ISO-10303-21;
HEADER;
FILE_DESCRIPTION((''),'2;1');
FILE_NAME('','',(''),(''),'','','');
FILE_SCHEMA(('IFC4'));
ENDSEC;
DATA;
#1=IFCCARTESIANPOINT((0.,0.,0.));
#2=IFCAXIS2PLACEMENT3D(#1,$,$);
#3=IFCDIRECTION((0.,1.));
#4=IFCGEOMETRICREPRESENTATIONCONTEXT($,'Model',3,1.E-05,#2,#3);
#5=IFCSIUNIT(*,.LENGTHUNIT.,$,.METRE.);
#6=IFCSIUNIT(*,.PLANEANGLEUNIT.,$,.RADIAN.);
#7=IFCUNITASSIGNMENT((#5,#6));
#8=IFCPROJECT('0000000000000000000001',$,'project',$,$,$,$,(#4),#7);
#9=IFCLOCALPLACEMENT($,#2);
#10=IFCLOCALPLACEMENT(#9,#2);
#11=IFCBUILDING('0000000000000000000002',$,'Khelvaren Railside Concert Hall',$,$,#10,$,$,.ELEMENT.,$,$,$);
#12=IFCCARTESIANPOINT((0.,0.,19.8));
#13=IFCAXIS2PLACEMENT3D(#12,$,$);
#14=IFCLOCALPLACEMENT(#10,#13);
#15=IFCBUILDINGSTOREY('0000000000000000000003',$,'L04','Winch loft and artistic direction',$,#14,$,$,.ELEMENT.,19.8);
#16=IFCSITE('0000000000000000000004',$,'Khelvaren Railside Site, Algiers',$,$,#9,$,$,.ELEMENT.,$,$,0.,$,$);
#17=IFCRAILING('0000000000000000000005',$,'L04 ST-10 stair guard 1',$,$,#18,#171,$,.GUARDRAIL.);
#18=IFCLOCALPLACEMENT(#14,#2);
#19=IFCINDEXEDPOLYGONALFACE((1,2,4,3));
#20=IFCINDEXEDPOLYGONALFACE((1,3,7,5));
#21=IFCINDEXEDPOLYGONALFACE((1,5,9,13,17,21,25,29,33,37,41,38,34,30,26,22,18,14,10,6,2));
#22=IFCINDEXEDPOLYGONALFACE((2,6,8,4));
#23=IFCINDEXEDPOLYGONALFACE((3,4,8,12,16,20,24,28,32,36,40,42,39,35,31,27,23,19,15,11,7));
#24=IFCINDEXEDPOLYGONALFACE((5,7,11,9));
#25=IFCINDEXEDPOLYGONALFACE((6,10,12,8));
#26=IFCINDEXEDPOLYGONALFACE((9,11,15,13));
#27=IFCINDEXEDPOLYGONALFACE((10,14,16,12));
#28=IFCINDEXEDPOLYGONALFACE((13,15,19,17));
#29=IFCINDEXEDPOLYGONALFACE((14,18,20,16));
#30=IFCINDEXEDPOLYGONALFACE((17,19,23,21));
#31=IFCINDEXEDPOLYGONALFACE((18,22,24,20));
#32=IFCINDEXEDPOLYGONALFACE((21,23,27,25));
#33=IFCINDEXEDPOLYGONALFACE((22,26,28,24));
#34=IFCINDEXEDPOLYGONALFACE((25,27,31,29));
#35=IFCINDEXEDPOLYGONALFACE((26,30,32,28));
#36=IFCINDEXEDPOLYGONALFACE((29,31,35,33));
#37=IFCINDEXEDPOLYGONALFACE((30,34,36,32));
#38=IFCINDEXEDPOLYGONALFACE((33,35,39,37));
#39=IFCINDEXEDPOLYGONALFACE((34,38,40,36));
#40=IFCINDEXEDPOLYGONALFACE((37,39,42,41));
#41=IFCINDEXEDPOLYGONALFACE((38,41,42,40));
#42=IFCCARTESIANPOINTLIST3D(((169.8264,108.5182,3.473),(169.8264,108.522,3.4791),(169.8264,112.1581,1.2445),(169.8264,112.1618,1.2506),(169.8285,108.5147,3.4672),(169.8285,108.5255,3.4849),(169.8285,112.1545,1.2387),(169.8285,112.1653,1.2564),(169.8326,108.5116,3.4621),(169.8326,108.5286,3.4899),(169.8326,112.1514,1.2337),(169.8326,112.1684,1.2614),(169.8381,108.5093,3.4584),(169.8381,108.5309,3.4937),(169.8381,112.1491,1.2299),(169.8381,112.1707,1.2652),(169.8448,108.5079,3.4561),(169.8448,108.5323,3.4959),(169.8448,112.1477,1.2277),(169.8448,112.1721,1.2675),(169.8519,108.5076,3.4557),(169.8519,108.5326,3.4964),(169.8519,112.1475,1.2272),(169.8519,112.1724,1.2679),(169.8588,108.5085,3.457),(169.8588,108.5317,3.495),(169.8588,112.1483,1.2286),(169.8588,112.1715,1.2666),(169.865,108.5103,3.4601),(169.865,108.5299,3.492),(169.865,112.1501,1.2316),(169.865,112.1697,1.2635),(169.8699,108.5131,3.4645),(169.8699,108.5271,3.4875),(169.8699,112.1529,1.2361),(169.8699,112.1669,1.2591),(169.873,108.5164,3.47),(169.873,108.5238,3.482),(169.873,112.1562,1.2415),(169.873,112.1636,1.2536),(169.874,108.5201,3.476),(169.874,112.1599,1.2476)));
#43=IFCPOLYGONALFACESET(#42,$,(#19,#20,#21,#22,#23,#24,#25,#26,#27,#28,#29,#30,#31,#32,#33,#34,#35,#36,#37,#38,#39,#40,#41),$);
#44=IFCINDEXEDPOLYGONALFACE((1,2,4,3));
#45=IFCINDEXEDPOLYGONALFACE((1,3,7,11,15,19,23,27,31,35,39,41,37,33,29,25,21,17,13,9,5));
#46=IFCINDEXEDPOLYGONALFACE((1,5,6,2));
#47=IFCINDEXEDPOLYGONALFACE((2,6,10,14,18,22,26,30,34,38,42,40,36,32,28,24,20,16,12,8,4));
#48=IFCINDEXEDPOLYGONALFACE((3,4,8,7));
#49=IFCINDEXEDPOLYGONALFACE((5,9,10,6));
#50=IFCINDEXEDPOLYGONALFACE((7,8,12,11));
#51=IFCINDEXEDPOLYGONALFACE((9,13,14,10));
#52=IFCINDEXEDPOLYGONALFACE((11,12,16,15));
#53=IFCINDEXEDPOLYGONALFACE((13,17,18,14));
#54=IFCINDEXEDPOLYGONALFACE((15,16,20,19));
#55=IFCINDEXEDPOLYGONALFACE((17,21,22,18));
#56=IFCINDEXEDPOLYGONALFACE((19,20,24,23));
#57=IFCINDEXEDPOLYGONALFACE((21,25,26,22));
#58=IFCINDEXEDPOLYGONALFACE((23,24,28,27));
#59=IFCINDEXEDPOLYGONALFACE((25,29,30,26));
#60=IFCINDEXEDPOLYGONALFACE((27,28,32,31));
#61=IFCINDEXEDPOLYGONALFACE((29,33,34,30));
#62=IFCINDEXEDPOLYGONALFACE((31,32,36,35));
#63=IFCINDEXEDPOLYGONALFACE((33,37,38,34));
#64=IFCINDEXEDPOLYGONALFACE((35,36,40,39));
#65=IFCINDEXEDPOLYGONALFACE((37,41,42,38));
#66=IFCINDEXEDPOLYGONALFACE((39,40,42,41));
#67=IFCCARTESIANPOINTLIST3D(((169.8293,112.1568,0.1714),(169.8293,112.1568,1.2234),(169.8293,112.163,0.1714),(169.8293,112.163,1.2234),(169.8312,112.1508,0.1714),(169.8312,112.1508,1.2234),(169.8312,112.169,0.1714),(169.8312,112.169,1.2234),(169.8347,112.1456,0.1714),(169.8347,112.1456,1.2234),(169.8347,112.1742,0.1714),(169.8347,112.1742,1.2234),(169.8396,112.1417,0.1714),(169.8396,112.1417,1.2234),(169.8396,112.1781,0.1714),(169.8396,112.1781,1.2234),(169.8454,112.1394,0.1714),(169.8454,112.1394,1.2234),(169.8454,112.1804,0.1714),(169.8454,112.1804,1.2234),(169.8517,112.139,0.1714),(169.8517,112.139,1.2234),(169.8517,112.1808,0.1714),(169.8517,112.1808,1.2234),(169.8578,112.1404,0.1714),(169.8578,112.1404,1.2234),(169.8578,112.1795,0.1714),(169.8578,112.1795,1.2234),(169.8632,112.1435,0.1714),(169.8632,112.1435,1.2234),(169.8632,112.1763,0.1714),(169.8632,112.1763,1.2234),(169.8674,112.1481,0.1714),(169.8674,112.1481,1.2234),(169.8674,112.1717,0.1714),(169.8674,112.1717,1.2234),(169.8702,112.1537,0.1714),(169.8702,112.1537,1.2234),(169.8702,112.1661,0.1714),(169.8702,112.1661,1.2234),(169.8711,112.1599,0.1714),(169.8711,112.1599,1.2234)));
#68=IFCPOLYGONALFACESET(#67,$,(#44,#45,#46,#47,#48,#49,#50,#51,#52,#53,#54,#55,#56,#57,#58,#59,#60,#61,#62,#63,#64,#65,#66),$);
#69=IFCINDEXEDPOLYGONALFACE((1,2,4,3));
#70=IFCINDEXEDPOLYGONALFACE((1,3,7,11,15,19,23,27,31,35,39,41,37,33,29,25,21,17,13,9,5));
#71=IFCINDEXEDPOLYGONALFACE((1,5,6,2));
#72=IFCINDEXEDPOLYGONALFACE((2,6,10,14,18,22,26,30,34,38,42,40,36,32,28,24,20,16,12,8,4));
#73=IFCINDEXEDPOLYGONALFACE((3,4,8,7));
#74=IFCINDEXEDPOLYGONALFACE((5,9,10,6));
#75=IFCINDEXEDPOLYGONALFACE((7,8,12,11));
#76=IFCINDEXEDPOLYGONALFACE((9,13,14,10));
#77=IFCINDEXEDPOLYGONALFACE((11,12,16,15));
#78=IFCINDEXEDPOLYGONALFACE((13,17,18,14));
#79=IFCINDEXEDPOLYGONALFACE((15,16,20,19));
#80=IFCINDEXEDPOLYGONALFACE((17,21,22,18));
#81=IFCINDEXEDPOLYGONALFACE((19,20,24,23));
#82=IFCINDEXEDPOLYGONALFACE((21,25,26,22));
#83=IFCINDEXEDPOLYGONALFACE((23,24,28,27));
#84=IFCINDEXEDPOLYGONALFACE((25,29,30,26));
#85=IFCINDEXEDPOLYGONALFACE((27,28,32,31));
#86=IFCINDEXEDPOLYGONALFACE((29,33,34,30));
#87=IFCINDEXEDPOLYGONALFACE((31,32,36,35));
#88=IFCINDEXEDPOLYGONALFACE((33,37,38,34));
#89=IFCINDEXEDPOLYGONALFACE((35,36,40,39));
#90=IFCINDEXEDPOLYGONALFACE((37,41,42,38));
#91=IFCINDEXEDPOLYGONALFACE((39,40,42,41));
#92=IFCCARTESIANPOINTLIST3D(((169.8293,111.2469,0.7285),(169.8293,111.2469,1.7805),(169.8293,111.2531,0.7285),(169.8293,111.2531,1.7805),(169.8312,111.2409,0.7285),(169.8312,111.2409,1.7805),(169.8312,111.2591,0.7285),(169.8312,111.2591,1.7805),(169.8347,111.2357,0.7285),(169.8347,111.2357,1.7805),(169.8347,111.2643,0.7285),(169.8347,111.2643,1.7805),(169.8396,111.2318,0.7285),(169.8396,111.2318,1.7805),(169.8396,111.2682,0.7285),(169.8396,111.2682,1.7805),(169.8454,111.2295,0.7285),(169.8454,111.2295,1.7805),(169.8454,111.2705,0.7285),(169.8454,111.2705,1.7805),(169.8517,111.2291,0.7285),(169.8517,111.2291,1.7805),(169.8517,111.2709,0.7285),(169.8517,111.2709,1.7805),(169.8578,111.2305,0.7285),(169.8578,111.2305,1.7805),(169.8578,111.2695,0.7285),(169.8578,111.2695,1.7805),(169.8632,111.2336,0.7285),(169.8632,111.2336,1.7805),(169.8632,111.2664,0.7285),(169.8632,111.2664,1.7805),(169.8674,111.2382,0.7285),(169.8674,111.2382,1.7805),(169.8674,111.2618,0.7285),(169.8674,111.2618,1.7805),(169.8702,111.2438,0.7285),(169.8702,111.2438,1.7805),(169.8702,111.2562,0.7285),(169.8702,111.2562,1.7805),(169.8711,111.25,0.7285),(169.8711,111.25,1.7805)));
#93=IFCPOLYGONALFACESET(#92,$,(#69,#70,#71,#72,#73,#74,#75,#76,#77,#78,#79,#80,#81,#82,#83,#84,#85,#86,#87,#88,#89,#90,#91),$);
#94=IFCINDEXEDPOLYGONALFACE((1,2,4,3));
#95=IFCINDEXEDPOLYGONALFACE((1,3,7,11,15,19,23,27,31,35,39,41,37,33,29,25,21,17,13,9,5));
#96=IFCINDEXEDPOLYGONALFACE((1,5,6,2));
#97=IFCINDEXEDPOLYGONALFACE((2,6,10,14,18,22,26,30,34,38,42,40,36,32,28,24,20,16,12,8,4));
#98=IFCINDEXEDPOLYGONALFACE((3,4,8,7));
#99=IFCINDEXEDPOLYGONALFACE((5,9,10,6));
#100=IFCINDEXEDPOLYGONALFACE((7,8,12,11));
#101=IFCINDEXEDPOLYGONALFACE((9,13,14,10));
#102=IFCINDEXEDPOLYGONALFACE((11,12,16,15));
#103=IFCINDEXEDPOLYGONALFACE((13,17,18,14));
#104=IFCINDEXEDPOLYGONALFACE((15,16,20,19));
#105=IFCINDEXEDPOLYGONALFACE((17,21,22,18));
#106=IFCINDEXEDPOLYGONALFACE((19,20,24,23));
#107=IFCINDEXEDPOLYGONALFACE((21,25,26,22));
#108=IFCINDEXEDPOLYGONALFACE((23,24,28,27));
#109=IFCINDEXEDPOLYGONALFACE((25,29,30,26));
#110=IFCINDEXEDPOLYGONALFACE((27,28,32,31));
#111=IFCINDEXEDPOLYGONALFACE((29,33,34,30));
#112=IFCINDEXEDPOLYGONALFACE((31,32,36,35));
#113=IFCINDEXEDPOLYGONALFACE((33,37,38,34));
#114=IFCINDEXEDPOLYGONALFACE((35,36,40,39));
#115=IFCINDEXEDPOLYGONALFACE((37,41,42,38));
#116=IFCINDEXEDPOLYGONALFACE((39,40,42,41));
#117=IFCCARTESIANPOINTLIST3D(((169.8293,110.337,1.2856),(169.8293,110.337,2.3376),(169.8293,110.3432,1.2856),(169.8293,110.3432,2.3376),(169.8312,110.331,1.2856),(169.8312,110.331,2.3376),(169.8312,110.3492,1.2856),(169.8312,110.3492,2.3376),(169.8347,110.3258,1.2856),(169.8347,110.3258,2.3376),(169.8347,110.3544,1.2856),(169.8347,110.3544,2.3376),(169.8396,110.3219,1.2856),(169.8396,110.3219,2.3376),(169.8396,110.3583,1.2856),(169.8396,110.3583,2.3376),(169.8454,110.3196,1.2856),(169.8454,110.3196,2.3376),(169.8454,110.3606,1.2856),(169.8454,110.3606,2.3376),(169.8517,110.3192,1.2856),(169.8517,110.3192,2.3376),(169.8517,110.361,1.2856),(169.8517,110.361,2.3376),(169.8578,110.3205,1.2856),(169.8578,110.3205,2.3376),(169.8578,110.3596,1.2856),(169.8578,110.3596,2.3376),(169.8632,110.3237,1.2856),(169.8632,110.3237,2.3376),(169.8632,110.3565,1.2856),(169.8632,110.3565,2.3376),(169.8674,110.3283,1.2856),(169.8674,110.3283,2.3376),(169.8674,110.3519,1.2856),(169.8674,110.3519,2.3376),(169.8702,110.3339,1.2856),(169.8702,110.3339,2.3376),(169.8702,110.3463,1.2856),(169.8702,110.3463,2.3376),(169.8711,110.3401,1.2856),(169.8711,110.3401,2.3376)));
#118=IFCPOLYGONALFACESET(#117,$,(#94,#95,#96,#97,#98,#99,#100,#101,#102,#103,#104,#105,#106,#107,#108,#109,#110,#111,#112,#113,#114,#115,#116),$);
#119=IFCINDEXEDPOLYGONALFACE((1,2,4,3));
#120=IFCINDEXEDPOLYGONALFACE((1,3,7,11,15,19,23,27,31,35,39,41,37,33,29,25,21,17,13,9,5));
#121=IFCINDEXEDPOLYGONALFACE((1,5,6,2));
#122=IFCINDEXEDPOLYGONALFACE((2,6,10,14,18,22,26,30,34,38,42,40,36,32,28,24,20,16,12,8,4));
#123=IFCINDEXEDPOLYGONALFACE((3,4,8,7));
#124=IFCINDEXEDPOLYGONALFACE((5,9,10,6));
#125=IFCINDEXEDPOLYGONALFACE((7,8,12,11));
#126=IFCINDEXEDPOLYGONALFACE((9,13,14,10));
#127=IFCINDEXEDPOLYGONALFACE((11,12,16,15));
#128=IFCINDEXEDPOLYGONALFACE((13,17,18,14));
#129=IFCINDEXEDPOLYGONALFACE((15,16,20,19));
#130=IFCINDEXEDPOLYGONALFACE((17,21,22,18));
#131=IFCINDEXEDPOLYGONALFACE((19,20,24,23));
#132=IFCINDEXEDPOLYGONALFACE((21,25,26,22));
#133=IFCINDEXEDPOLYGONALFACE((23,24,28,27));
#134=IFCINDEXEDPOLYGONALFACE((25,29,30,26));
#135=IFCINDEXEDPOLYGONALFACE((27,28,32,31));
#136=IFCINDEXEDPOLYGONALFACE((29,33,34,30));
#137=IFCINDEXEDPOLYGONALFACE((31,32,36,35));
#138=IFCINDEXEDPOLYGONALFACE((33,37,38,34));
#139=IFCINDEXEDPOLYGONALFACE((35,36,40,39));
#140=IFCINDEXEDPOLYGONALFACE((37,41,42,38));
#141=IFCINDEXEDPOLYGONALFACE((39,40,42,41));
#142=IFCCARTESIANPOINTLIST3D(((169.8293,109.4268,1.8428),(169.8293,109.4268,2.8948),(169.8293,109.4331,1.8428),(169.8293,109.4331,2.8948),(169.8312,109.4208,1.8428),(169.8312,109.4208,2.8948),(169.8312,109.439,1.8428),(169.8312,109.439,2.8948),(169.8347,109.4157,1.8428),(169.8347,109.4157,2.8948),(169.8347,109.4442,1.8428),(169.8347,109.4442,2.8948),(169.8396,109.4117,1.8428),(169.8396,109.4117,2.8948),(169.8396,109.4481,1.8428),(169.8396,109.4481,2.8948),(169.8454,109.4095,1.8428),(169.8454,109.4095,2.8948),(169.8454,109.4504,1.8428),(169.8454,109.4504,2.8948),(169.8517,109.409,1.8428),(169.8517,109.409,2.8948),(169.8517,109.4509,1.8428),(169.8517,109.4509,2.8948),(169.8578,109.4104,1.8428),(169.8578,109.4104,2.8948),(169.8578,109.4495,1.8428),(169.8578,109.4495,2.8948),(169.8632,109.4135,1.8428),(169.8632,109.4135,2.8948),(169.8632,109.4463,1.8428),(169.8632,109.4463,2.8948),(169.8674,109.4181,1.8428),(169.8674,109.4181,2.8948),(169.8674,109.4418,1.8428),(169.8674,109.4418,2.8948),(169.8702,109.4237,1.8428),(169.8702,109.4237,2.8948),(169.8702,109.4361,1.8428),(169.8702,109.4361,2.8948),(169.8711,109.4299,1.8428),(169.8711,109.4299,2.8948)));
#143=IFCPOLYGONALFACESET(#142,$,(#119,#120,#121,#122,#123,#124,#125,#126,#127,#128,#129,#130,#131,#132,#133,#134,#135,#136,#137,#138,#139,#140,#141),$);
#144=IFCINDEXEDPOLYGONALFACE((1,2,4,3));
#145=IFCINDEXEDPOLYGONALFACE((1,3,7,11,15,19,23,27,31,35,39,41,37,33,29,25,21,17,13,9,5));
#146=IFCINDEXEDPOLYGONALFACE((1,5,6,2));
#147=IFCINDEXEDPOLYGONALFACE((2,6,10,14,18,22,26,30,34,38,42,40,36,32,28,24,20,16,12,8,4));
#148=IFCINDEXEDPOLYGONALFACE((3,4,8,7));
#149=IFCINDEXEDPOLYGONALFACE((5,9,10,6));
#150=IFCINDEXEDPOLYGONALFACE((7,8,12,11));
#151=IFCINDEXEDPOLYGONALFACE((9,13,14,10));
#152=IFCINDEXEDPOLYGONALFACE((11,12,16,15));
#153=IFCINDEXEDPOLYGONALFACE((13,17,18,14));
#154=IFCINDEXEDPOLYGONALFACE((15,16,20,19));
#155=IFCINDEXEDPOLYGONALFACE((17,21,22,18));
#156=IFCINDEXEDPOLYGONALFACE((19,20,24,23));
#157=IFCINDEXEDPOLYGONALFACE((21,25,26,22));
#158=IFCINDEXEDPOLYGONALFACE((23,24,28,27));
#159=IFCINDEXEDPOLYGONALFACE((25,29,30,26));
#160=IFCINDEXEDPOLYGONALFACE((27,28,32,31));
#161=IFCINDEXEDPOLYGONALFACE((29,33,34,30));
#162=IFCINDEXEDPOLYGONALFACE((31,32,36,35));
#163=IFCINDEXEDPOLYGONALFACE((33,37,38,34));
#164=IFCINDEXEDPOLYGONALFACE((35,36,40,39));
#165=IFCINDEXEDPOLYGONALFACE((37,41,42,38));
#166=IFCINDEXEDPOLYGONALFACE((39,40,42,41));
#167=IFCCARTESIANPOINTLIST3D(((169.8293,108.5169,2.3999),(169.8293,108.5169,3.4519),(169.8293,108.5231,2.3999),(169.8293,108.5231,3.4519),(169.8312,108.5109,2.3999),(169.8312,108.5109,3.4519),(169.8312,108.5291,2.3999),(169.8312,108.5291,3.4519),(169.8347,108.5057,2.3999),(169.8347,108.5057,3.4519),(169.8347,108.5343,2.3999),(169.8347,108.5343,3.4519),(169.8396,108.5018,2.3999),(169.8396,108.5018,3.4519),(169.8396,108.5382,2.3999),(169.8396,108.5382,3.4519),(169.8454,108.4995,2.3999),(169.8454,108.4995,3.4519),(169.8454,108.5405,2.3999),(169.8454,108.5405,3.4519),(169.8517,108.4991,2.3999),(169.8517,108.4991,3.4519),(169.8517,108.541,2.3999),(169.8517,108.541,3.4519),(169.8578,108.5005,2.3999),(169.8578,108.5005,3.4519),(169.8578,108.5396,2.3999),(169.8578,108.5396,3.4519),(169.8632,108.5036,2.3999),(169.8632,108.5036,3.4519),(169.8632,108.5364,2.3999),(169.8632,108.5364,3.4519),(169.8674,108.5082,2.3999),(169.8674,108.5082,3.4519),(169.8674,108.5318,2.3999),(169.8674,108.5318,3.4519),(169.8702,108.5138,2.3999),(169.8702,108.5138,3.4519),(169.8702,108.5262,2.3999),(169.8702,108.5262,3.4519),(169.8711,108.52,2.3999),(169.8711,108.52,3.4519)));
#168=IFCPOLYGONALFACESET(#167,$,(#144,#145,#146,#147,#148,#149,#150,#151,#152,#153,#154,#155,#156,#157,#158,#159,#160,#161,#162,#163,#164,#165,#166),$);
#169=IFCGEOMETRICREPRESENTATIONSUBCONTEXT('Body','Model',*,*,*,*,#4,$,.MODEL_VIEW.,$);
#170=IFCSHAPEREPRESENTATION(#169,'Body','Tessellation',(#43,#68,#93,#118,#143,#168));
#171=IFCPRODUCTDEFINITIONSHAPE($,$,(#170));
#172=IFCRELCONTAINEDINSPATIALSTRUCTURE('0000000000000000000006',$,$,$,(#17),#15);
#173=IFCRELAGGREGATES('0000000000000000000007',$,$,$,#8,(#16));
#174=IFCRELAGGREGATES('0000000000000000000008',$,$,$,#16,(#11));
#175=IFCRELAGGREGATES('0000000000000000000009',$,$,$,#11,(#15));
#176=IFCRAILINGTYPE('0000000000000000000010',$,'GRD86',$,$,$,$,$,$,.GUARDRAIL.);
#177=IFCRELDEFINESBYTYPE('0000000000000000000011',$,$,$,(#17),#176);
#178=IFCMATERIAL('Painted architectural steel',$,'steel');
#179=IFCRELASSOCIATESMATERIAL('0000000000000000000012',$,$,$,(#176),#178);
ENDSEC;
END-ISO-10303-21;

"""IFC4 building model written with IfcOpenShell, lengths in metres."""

from ifc_helpers import new_model, si_unit, direction, frame, origin, origin_2d, place, context, subcontext, project, spatial, circle, extrude, material, type_object, element, save


model = new_model("IFC4")

# Units and contexts
model_context = context("Model", 3, precision=1e-05, world=origin(), true_north=direction((0.0, 1.0)))
body_context = subcontext(model_context, "Body", "Model", "MODEL_VIEW")
ifc_project = project(units=[si_unit("LENGTHUNIT", "METRE"), si_unit("PLANEANGLEUNIT", "RADIAN")], contexts=[model_context])

# Site, building, storey
site_placement = place(None, origin())
site = spatial("IfcSite", under=ifc_project, at=site_placement, Name="Khelvaren Railside Site, Algiers", CompositionType="ELEMENT", RefElevation=0.0)
building_placement = place(site_placement, origin())
building = spatial("IfcBuilding", under=site, at=building_placement, Name="Khelvaren Railside Concert Hall", CompositionType="ELEMENT")
storey_placement = place(building_placement, frame((0.0, 0.0, 19.8)))
storey = spatial("IfcBuildingStorey", under=building, at=storey_placement, Name="L04", Description="Winch loft and artistic direction", CompositionType="ELEMENT", Elevation=19.8)

# Railing
ifc_material_1 = material(Name="Painted architectural steel", Category="steel")
railing_type_1 = type_object("IfcRailingType", Name="GRD86", PredefinedType="GUARDRAIL", material=ifc_material_1)
railing_1_placement = place(storey_placement, frame((169.8501, 112.1599, 0.1714)))
element("IfcRailing", 1, at=railing_1_placement, inside=storey, type_object=railing_type_1, Name="L04 ST-10 stair guard 1", PredefinedType="GUARDRAIL", context=body_context, shape_type="SweptSolid", body=[
    extrude(circle(Radius=0.0239, at=origin_2d()), frame((0.0, 0.0, 1.0762), z_axis=(0.0, -0.85285, 0.522156), x_axis=(1.0, 0.0, 0.0)), (0.0, 0.0, 1.0), 4.2678),
    extrude(circle(Radius=0.021, at=origin_2d()), origin(), (0.0, 0.0, 1.0), 1.052),
    extrude(circle(Radius=0.021, at=origin_2d()), frame((0.0, -0.9099, 0.5571)), (0.0, 0.0, 1.0), 1.052),
    extrude(circle(Radius=0.021, at=origin_2d()), frame((0.0, -1.8198, 1.1143)), (0.0, 0.0, 1.0), 1.052),
    extrude(circle(Radius=0.021, at=origin_2d()), frame((0.0, -2.73, 1.6714)), (0.0, 0.0, 1.0), 1.052),
    extrude(circle(Radius=0.021, at=origin_2d()), frame((0.0, -3.6399, 2.2285)), (0.0, 0.0, 1.0), 1.052),
])

save(model, "model.ifc")
